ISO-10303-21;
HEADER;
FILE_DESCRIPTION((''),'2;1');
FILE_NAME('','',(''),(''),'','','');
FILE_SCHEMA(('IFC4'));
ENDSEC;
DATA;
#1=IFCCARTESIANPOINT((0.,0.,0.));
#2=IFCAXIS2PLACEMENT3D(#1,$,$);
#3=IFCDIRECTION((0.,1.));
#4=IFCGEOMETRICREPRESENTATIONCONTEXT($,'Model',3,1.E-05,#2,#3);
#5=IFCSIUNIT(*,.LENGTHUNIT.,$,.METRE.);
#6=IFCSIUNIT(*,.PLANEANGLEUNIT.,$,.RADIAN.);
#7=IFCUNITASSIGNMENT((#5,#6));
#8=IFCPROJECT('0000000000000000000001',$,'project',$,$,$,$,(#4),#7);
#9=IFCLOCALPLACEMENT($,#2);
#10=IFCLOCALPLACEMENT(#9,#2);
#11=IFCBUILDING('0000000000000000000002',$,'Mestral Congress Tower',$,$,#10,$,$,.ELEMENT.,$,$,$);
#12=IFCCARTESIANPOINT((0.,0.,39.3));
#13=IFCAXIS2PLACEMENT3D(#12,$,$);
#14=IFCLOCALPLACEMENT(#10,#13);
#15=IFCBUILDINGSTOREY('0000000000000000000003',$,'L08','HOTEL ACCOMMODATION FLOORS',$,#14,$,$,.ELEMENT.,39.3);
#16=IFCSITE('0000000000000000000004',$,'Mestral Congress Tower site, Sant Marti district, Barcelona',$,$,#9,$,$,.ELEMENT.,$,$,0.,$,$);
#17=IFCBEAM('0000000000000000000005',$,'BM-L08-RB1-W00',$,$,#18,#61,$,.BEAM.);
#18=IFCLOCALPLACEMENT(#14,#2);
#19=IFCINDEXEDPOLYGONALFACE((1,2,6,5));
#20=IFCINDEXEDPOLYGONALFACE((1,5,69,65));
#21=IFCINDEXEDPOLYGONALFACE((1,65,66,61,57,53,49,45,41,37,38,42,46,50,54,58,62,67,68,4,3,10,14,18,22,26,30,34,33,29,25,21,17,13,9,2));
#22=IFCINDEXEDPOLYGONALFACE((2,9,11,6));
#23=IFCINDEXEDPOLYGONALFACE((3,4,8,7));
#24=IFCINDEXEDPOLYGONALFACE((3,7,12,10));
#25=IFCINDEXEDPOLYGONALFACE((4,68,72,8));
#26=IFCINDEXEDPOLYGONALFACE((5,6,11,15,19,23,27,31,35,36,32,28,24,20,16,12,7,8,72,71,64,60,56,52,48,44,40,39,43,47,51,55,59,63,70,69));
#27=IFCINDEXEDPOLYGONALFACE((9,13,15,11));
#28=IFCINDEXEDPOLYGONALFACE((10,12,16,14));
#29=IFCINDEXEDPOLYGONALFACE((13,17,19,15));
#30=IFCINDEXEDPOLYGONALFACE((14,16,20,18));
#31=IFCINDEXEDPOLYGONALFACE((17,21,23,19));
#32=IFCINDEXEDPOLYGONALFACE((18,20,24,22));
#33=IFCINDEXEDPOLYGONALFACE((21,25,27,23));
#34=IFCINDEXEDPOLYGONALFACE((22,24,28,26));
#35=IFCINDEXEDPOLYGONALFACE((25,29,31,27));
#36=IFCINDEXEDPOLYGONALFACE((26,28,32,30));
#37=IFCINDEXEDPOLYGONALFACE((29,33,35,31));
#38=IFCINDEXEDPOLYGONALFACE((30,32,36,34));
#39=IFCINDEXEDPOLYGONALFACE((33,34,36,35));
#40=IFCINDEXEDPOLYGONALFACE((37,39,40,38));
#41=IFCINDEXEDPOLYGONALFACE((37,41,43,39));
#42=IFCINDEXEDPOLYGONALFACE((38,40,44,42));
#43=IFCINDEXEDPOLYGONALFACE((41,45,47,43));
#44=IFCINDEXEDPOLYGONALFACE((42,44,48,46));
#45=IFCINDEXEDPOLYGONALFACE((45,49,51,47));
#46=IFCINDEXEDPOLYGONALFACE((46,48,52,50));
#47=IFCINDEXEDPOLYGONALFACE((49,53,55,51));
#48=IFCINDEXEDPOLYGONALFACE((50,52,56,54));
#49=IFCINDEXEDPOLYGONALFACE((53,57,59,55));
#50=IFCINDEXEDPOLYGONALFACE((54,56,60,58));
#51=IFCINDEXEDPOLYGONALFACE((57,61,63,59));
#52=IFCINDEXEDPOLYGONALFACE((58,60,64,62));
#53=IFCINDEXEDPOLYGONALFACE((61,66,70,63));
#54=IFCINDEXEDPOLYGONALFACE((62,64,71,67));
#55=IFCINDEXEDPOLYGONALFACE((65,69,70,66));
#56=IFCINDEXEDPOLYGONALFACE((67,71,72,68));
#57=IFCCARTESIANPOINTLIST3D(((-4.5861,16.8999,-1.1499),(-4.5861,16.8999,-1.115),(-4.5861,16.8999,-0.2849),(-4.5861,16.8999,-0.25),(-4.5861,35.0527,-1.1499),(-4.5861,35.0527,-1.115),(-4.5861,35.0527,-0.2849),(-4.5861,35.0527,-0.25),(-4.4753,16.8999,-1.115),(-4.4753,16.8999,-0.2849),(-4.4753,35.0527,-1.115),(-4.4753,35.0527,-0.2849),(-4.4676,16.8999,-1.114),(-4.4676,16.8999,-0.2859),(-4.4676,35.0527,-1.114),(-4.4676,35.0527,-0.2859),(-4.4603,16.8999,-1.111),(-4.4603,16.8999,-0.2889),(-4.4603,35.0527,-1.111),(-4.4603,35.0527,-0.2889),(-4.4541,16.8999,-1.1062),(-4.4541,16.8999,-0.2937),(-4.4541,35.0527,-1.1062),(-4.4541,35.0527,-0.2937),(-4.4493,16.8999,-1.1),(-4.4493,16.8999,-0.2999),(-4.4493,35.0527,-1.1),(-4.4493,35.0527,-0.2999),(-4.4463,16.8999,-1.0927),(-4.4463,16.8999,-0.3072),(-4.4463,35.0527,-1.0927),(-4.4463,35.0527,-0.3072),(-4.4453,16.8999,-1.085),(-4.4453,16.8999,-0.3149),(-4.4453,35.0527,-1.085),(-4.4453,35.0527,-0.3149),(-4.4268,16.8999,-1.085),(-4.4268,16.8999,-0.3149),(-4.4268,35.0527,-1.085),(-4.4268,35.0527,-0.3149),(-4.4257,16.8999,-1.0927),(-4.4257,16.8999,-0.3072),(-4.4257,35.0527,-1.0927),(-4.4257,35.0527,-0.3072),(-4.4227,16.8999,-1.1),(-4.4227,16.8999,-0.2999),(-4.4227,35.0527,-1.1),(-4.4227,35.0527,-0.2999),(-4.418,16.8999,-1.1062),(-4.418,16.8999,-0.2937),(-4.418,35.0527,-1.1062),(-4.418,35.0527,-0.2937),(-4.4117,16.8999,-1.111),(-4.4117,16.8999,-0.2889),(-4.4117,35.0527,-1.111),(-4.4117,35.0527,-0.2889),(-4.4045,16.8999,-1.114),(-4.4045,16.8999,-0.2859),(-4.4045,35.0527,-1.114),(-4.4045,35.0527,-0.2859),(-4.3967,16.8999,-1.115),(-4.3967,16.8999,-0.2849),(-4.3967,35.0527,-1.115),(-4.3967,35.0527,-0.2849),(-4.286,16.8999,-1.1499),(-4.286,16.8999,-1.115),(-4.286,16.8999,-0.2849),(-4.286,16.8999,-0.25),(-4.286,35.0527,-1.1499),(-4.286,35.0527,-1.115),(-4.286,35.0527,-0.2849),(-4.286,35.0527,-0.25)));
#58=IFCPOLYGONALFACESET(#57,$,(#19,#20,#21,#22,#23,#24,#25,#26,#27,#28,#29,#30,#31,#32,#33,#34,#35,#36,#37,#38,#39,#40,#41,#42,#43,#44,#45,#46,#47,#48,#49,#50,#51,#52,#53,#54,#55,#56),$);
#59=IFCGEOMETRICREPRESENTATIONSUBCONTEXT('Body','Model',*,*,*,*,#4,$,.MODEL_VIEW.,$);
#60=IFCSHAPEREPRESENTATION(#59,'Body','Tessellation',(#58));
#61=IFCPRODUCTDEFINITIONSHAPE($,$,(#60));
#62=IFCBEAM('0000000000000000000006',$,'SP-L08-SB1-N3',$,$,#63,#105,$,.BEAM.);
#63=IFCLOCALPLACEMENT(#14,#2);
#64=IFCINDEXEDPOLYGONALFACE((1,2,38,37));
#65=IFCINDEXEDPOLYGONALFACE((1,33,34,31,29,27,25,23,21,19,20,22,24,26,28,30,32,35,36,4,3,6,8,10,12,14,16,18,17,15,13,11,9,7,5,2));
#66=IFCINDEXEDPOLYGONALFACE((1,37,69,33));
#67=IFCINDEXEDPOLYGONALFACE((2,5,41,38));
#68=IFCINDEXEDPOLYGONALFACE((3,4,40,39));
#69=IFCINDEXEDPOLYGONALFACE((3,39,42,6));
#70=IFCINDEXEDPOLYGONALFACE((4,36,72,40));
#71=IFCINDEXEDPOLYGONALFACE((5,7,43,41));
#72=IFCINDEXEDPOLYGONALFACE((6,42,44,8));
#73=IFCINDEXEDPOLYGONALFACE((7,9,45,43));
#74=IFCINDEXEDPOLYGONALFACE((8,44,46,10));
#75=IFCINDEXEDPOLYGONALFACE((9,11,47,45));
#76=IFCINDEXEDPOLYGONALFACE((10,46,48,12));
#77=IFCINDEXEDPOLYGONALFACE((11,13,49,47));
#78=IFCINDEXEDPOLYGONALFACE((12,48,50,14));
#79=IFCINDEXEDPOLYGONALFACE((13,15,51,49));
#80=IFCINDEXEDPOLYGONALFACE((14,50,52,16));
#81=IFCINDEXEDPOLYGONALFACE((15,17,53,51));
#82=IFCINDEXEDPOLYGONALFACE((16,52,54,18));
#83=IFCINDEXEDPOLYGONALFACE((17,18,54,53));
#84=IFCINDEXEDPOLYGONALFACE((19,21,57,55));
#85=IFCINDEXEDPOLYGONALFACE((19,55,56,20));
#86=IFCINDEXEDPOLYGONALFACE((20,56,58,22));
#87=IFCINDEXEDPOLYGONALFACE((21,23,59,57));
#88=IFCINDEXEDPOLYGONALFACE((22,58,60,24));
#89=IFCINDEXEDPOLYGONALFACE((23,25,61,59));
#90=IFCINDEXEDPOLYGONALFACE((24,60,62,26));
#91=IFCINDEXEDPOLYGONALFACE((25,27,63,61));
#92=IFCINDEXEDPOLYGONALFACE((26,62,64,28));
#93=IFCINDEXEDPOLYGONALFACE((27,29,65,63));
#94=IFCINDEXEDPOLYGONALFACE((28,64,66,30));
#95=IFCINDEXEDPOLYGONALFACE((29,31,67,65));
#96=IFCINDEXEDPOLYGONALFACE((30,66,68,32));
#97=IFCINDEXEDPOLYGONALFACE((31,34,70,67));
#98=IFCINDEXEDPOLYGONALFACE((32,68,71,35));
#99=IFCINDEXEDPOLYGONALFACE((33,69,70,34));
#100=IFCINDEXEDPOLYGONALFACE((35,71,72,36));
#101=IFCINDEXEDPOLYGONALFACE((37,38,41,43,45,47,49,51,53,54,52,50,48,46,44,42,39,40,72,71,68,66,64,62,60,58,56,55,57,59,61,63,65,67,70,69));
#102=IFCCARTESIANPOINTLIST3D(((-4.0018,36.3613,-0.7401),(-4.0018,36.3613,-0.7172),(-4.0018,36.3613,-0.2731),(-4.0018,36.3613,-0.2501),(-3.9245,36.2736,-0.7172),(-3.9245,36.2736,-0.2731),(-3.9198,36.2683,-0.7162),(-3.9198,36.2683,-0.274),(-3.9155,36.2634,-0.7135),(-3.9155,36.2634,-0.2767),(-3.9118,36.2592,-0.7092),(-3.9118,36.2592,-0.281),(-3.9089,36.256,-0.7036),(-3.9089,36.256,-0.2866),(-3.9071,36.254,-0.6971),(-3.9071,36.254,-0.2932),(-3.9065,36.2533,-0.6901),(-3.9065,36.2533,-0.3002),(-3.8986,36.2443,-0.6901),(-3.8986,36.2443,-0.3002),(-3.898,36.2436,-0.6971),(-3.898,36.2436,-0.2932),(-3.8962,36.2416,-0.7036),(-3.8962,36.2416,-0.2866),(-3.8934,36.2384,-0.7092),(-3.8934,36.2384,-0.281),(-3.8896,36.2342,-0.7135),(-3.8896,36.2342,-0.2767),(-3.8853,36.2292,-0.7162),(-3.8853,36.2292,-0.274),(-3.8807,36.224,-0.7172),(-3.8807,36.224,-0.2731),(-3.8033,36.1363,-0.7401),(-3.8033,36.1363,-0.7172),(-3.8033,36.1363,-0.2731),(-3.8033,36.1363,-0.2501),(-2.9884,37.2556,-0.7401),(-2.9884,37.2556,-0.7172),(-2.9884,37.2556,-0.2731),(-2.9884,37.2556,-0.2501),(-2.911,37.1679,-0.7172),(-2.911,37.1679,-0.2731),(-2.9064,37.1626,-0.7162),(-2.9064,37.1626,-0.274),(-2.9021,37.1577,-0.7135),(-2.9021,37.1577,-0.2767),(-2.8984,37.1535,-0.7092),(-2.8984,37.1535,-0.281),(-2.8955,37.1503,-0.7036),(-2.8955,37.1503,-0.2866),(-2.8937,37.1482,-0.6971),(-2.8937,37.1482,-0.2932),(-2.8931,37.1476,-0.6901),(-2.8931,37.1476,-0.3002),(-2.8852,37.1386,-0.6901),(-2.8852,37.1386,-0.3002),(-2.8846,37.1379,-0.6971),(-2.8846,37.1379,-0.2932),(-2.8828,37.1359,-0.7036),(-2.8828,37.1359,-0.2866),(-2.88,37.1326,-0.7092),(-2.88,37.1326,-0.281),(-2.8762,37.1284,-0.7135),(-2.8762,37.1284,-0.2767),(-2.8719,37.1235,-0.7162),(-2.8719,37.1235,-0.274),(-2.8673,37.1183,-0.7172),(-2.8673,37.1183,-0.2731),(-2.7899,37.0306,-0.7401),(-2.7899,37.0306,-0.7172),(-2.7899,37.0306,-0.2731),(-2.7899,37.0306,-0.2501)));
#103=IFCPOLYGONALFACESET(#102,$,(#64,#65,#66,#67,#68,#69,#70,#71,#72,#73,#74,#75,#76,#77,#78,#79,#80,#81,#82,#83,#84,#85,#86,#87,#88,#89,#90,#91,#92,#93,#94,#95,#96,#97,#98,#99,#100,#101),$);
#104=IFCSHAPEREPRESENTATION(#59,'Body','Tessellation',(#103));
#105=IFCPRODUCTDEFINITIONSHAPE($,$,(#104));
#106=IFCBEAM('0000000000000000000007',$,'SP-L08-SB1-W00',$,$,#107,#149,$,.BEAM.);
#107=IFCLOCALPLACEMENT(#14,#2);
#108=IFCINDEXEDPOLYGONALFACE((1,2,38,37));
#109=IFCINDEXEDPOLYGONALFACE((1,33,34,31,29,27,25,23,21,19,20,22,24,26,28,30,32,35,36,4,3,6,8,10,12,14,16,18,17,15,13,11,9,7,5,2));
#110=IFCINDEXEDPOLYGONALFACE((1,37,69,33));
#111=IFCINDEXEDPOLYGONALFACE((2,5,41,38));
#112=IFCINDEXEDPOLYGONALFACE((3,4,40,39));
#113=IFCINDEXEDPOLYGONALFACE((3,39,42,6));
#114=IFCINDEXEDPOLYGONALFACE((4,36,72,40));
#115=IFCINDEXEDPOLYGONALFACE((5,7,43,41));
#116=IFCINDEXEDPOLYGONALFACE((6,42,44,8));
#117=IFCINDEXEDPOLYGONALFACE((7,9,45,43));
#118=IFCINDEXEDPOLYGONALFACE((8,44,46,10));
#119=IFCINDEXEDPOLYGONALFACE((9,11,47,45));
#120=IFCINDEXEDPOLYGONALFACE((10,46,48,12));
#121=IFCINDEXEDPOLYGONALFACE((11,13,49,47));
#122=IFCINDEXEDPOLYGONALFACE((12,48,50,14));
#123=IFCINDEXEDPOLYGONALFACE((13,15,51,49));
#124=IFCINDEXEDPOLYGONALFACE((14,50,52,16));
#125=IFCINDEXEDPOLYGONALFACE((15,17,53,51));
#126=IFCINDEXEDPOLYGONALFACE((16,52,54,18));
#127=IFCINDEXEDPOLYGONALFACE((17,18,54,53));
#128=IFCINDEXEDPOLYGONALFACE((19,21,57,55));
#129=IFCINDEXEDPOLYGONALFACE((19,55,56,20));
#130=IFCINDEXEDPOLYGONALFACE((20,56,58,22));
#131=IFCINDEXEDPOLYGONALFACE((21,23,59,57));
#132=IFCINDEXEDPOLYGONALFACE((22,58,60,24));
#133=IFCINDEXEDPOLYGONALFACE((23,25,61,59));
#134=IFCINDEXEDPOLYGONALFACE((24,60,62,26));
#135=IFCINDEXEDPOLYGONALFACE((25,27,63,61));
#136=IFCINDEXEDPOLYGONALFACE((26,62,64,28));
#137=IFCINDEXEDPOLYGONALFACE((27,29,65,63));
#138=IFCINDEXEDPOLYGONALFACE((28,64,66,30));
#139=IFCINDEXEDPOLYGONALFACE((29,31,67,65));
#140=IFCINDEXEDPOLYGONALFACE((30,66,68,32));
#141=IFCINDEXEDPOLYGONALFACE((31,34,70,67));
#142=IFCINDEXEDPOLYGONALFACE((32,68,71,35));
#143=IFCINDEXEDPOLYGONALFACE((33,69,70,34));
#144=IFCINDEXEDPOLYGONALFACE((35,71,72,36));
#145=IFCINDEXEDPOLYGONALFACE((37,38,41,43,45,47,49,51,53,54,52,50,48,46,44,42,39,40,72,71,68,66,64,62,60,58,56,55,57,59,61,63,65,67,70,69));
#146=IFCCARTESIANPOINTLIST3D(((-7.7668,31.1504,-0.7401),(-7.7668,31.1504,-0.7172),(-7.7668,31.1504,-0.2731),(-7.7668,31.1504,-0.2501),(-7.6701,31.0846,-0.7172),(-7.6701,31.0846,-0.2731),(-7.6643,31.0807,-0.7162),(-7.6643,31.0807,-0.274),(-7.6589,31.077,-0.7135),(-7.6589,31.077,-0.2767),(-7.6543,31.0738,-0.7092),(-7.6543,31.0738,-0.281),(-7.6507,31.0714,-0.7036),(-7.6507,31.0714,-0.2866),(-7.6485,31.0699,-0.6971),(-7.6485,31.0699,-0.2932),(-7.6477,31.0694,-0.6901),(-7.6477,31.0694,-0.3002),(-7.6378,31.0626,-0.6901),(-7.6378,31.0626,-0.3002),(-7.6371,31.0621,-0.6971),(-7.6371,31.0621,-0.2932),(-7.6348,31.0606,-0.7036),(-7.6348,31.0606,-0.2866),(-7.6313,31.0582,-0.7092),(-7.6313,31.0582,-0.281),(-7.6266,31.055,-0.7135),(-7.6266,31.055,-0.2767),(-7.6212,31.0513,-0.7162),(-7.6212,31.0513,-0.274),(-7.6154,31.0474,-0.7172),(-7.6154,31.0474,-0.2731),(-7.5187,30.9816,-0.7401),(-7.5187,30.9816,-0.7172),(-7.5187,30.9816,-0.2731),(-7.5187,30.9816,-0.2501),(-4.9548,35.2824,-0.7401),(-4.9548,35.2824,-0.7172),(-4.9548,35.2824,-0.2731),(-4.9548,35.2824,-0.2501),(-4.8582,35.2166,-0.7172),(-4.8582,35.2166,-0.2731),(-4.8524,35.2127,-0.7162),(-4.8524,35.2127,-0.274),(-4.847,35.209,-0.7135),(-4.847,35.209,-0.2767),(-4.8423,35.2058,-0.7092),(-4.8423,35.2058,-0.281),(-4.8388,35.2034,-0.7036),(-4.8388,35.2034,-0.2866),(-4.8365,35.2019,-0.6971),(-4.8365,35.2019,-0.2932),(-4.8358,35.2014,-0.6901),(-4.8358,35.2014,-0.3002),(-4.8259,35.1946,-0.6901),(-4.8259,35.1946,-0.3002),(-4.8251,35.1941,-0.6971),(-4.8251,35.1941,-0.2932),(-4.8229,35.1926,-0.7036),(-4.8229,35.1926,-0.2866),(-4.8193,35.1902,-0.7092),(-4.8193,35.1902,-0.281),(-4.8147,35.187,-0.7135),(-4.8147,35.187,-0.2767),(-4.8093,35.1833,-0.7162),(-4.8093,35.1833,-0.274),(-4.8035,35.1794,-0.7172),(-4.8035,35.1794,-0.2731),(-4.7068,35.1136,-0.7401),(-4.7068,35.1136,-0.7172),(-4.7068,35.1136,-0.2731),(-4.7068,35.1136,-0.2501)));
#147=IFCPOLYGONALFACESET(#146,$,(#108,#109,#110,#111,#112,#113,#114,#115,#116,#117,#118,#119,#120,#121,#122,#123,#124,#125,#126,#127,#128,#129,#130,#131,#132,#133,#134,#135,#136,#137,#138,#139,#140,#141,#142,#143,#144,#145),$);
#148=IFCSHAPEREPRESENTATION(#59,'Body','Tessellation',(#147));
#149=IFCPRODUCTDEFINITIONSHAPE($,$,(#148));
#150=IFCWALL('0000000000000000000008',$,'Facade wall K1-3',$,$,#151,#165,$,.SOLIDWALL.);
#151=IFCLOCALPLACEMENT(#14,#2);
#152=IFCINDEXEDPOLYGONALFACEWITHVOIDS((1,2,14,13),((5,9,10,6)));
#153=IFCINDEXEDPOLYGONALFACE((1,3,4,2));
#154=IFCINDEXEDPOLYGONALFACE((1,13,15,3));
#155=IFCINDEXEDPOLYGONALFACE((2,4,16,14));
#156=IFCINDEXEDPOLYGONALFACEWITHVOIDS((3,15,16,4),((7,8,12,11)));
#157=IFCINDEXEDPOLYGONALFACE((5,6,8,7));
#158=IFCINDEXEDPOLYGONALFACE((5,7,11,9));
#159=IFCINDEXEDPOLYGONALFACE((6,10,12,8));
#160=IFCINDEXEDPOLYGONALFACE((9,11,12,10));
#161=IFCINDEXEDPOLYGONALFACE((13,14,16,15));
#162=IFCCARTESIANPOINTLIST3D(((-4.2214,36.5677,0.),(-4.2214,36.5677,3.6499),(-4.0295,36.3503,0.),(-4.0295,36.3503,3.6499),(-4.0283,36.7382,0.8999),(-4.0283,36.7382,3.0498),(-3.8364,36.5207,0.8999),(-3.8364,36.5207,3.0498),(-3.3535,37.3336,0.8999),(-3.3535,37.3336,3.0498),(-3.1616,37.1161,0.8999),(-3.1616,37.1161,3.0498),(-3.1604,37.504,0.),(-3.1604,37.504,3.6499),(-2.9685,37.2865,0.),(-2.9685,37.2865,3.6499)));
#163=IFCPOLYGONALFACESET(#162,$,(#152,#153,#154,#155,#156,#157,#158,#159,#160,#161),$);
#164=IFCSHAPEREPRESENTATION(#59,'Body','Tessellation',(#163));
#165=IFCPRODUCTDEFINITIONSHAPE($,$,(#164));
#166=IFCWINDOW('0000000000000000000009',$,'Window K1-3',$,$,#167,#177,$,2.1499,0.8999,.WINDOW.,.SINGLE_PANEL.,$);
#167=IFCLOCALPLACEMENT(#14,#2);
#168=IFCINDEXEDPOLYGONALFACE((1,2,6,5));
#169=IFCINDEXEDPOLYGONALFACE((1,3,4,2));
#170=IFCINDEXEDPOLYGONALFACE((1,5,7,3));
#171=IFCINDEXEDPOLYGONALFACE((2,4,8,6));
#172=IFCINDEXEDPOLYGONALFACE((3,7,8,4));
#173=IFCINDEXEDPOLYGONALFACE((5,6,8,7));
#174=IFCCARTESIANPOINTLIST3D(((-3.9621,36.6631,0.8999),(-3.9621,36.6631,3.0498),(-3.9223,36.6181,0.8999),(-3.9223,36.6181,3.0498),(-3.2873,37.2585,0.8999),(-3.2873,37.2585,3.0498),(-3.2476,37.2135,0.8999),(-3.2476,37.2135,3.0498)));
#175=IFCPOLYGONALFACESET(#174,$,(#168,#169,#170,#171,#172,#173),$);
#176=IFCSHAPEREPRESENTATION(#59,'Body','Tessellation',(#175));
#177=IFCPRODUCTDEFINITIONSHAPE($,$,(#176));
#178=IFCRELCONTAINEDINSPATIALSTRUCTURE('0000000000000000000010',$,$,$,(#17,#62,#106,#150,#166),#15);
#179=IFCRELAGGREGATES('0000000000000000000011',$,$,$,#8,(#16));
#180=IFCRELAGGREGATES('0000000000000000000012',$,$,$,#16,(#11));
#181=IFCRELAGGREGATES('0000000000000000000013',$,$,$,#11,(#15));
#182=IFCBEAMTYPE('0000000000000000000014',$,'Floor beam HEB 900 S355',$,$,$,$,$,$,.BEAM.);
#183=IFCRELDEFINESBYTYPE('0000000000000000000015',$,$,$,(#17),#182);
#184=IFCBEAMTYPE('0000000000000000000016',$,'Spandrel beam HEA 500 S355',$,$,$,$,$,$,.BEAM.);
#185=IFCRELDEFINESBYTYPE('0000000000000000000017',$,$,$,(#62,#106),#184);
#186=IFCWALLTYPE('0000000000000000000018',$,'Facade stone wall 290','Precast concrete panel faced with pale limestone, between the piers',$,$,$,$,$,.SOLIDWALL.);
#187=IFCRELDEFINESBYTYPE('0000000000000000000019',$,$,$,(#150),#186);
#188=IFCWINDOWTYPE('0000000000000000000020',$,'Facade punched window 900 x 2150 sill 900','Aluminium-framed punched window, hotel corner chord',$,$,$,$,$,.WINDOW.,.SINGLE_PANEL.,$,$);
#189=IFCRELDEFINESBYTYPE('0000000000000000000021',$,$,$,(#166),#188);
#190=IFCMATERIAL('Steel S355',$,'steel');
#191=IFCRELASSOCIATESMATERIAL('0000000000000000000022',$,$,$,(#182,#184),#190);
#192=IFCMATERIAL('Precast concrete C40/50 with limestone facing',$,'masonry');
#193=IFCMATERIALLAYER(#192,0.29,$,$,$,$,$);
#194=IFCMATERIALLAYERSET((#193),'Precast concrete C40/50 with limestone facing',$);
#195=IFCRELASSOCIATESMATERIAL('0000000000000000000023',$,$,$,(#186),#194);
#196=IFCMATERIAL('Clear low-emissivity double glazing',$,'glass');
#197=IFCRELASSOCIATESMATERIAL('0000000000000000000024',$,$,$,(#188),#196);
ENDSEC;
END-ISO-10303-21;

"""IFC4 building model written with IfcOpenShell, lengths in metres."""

from ifc_helpers import new_model, si_unit, direction, frame, frame_2d, origin, origin_2d, place, context, subcontext, project, spatial, rectangle, i_section, extrude, material, layer, layer_set, material_profile, profile_set, type_object, element, fill, save


model = new_model("IFC4")

# Units and contexts
model_context = context("Model", 3, precision=1e-05, world=origin(), true_north=direction((0.0, 1.0)))
body_context = subcontext(model_context, "Body", "Model", "MODEL_VIEW")
ifc_project = project(units=[si_unit("LENGTHUNIT", "METRE"), si_unit("PLANEANGLEUNIT", "RADIAN")], contexts=[model_context])

# Site, building, storey
site_placement = place(None, origin())
site = spatial("IfcSite", under=ifc_project, at=site_placement, Name="Mestral Congress Tower site, Sant Marti district, Barcelona", CompositionType="ELEMENT", RefElevation=0.0)
building_placement = place(site_placement, origin())
building = spatial("IfcBuilding", under=site, at=building_placement, Name="Mestral Congress Tower", CompositionType="ELEMENT")
storey_placement = place(building_placement, frame((0.0, 0.0, 39.3)))
storey = spatial("IfcBuildingStorey", under=building, at=storey_placement, Name="L08", Description="HOTEL ACCOMMODATION FLOORS", CompositionType="ELEMENT", Elevation=39.3)

# Beams
ifc_material_1 = material(Name="Steel S355", Category="steel")
ifc_material_profile_1 = material_profile(ifc_material_1, i_section(OverallWidth=0.3, OverallDepth=0.8999, WebThickness=0.0186, FlangeThickness=0.0349, FilletRadius=0.03, at=origin_2d()), Name="HEB 900")
ifc_profile_set_1 = profile_set([ifc_material_profile_1], Name="Steel S355")
beam_type_1 = type_object("IfcBeamType", Name="Floor beam HEB 900 S355", PredefinedType="BEAM", material=ifc_profile_set_1)
beam_1_placement = place(storey_placement, frame((-4.436, 35.0527, -0.7), z_axis=(0.0, -1.0, 0.0), x_axis=(1.0, 0.0, 0.0)))
element("IfcBeam", 1, at=beam_1_placement, inside=storey, type_object=beam_type_1, Name="BM-L08-RB1-W00", PredefinedType="BEAM", context=body_context, shape_type="SweptSolid", body=[
    extrude(i_section(OverallWidth=0.3, OverallDepth=0.8999, WebThickness=0.0186, FlangeThickness=0.0349, FilletRadius=0.03, at=origin_2d()), origin(), (0.0, 0.0, 1.0), 18.1528),
])
ifc_material_profile_2 = material_profile(ifc_material_1, i_section(OverallWidth=0.3, OverallDepth=0.49, WebThickness=0.012, FlangeThickness=0.0229, FilletRadius=0.0271, at=origin_2d()), Name="HEA 500")
ifc_profile_set_2 = profile_set([ifc_material_profile_2], Name="Steel S355")
beam_type_2 = type_object("IfcBeamType", Name="Spandrel beam HEA 500 S355", PredefinedType="BEAM", material=ifc_profile_set_2)
beam_2_placement = place(storey_placement, frame((-2.8892, 37.1431, -0.4951), z_axis=(-0.749806, -0.661657, 0.0), x_axis=(0.661657, -0.749806, 0.0)))
element("IfcBeam", 2, at=beam_2_placement, inside=storey, type_object=beam_type_2, Name="SP-L08-SB1-N3", PredefinedType="BEAM", context=body_context, shape_type="SweptSolid", body=[
    extrude(i_section(OverallWidth=0.3, OverallDepth=0.49, WebThickness=0.012, FlangeThickness=0.0229, FilletRadius=0.0271, at=origin_2d()), origin(), (0.0, 0.0, 1.0), 1.3516),
])
beam_3_placement = place(storey_placement, frame((-4.8308, 35.198, -0.4951), z_axis=(-0.562611, -0.826722, 0.0), x_axis=(0.826722, -0.562611, 0.0)))
element("IfcBeam", 3, at=beam_3_placement, inside=storey, type_object=beam_type_2, Name="SP-L08-SB1-W00", PredefinedType="BEAM", context=body_context, shape_type="SweptSolid", body=[
    extrude(i_section(OverallWidth=0.3, OverallDepth=0.49, WebThickness=0.012, FlangeThickness=0.0229, FilletRadius=0.0271, at=origin_2d()), origin(), (0.0, 0.0, 1.0), 4.998),
])

# Wall, opening, window
ifc_material_2 = material(Name="Precast concrete C40/50 with limestone facing", Category="masonry")
ifc_layer_1 = layer(ifc_material_2, 0.29)
ifc_layer_set_1 = layer_set([ifc_layer_1], Name="Precast concrete C40/50 with limestone facing")
wall_type_1 = type_object("IfcWallType", Name="Facade stone wall 290", Description="Precast concrete panel faced with pale limestone, between the piers", PredefinedType="SOLIDWALL", material=ifc_layer_set_1)
wall_1_placement = place(storey_placement, frame((-3.0645, 37.3953, 0.0), z_axis=(0.0, 0.0, 1.0), x_axis=(-0.749813, -0.66165, 0.0)))
wall_1 = element("IfcWall", 4, at=wall_1_placement, inside=storey, type_object=wall_type_1, Name="Facade wall K1-3", PredefinedType="SOLIDWALL", context=body_context, shape_type="SweptSolid", body=[
    extrude(rectangle(XDim=1.415, YDim=0.29, at=frame_2d((0.7075, 0.0))), origin(), (0.0, 0.0, 1.0), 3.6499),
])
opening_1_placement = place(wall_1_placement, frame((0.2576, 0.0, 0.8999)))
opening_1 = element("IfcOpeningElement", 5, at=opening_1_placement, cuts=wall_1, PredefinedType="OPENING", context=body_context, shape_type="SweptSolid", body=[
    extrude(rectangle(XDim=0.8999, YDim=2.1499, at=frame_2d((0.45, 1.075))), frame((0.0, 0.155, 0.0), z_axis=(0.0, -1.0, 0.0), x_axis=(1.0, 0.0, 0.0)), (0.0, 0.0, 1.0), 0.3101),
])
ifc_material_3 = material(Name="Clear low-emissivity double glazing", Category="glass")
window_type_1 = type_object("IfcWindowType", Name="Facade punched window 900 x 2150 sill 900", Description="Aluminium-framed punched window, hotel corner chord", PartitioningType="SINGLE_PANEL", PredefinedType="WINDOW", material=ifc_material_3)
window_1_placement = place(opening_1_placement, origin())
window_1 = element("IfcWindow", 6, at=window_1_placement, inside=storey, type_object=window_type_1, Name="Window K1-3", OverallHeight=2.1499, OverallWidth=0.8999, PartitioningType="SINGLE_PANEL", PredefinedType="WINDOW", context=body_context, shape_type="SweptSolid", body=[
    extrude(rectangle(XDim=0.8999, YDim=2.1499, at=frame_2d((0.45, 1.075))), frame((0.0, 0.0151, 0.0), z_axis=(0.0, -1.0, 0.0), x_axis=(1.0, 0.0, 0.0)), (0.0, 0.0, 1.0), 0.0601),
])
fill(opening_1, window_1)

save(model, "model.ifc")
